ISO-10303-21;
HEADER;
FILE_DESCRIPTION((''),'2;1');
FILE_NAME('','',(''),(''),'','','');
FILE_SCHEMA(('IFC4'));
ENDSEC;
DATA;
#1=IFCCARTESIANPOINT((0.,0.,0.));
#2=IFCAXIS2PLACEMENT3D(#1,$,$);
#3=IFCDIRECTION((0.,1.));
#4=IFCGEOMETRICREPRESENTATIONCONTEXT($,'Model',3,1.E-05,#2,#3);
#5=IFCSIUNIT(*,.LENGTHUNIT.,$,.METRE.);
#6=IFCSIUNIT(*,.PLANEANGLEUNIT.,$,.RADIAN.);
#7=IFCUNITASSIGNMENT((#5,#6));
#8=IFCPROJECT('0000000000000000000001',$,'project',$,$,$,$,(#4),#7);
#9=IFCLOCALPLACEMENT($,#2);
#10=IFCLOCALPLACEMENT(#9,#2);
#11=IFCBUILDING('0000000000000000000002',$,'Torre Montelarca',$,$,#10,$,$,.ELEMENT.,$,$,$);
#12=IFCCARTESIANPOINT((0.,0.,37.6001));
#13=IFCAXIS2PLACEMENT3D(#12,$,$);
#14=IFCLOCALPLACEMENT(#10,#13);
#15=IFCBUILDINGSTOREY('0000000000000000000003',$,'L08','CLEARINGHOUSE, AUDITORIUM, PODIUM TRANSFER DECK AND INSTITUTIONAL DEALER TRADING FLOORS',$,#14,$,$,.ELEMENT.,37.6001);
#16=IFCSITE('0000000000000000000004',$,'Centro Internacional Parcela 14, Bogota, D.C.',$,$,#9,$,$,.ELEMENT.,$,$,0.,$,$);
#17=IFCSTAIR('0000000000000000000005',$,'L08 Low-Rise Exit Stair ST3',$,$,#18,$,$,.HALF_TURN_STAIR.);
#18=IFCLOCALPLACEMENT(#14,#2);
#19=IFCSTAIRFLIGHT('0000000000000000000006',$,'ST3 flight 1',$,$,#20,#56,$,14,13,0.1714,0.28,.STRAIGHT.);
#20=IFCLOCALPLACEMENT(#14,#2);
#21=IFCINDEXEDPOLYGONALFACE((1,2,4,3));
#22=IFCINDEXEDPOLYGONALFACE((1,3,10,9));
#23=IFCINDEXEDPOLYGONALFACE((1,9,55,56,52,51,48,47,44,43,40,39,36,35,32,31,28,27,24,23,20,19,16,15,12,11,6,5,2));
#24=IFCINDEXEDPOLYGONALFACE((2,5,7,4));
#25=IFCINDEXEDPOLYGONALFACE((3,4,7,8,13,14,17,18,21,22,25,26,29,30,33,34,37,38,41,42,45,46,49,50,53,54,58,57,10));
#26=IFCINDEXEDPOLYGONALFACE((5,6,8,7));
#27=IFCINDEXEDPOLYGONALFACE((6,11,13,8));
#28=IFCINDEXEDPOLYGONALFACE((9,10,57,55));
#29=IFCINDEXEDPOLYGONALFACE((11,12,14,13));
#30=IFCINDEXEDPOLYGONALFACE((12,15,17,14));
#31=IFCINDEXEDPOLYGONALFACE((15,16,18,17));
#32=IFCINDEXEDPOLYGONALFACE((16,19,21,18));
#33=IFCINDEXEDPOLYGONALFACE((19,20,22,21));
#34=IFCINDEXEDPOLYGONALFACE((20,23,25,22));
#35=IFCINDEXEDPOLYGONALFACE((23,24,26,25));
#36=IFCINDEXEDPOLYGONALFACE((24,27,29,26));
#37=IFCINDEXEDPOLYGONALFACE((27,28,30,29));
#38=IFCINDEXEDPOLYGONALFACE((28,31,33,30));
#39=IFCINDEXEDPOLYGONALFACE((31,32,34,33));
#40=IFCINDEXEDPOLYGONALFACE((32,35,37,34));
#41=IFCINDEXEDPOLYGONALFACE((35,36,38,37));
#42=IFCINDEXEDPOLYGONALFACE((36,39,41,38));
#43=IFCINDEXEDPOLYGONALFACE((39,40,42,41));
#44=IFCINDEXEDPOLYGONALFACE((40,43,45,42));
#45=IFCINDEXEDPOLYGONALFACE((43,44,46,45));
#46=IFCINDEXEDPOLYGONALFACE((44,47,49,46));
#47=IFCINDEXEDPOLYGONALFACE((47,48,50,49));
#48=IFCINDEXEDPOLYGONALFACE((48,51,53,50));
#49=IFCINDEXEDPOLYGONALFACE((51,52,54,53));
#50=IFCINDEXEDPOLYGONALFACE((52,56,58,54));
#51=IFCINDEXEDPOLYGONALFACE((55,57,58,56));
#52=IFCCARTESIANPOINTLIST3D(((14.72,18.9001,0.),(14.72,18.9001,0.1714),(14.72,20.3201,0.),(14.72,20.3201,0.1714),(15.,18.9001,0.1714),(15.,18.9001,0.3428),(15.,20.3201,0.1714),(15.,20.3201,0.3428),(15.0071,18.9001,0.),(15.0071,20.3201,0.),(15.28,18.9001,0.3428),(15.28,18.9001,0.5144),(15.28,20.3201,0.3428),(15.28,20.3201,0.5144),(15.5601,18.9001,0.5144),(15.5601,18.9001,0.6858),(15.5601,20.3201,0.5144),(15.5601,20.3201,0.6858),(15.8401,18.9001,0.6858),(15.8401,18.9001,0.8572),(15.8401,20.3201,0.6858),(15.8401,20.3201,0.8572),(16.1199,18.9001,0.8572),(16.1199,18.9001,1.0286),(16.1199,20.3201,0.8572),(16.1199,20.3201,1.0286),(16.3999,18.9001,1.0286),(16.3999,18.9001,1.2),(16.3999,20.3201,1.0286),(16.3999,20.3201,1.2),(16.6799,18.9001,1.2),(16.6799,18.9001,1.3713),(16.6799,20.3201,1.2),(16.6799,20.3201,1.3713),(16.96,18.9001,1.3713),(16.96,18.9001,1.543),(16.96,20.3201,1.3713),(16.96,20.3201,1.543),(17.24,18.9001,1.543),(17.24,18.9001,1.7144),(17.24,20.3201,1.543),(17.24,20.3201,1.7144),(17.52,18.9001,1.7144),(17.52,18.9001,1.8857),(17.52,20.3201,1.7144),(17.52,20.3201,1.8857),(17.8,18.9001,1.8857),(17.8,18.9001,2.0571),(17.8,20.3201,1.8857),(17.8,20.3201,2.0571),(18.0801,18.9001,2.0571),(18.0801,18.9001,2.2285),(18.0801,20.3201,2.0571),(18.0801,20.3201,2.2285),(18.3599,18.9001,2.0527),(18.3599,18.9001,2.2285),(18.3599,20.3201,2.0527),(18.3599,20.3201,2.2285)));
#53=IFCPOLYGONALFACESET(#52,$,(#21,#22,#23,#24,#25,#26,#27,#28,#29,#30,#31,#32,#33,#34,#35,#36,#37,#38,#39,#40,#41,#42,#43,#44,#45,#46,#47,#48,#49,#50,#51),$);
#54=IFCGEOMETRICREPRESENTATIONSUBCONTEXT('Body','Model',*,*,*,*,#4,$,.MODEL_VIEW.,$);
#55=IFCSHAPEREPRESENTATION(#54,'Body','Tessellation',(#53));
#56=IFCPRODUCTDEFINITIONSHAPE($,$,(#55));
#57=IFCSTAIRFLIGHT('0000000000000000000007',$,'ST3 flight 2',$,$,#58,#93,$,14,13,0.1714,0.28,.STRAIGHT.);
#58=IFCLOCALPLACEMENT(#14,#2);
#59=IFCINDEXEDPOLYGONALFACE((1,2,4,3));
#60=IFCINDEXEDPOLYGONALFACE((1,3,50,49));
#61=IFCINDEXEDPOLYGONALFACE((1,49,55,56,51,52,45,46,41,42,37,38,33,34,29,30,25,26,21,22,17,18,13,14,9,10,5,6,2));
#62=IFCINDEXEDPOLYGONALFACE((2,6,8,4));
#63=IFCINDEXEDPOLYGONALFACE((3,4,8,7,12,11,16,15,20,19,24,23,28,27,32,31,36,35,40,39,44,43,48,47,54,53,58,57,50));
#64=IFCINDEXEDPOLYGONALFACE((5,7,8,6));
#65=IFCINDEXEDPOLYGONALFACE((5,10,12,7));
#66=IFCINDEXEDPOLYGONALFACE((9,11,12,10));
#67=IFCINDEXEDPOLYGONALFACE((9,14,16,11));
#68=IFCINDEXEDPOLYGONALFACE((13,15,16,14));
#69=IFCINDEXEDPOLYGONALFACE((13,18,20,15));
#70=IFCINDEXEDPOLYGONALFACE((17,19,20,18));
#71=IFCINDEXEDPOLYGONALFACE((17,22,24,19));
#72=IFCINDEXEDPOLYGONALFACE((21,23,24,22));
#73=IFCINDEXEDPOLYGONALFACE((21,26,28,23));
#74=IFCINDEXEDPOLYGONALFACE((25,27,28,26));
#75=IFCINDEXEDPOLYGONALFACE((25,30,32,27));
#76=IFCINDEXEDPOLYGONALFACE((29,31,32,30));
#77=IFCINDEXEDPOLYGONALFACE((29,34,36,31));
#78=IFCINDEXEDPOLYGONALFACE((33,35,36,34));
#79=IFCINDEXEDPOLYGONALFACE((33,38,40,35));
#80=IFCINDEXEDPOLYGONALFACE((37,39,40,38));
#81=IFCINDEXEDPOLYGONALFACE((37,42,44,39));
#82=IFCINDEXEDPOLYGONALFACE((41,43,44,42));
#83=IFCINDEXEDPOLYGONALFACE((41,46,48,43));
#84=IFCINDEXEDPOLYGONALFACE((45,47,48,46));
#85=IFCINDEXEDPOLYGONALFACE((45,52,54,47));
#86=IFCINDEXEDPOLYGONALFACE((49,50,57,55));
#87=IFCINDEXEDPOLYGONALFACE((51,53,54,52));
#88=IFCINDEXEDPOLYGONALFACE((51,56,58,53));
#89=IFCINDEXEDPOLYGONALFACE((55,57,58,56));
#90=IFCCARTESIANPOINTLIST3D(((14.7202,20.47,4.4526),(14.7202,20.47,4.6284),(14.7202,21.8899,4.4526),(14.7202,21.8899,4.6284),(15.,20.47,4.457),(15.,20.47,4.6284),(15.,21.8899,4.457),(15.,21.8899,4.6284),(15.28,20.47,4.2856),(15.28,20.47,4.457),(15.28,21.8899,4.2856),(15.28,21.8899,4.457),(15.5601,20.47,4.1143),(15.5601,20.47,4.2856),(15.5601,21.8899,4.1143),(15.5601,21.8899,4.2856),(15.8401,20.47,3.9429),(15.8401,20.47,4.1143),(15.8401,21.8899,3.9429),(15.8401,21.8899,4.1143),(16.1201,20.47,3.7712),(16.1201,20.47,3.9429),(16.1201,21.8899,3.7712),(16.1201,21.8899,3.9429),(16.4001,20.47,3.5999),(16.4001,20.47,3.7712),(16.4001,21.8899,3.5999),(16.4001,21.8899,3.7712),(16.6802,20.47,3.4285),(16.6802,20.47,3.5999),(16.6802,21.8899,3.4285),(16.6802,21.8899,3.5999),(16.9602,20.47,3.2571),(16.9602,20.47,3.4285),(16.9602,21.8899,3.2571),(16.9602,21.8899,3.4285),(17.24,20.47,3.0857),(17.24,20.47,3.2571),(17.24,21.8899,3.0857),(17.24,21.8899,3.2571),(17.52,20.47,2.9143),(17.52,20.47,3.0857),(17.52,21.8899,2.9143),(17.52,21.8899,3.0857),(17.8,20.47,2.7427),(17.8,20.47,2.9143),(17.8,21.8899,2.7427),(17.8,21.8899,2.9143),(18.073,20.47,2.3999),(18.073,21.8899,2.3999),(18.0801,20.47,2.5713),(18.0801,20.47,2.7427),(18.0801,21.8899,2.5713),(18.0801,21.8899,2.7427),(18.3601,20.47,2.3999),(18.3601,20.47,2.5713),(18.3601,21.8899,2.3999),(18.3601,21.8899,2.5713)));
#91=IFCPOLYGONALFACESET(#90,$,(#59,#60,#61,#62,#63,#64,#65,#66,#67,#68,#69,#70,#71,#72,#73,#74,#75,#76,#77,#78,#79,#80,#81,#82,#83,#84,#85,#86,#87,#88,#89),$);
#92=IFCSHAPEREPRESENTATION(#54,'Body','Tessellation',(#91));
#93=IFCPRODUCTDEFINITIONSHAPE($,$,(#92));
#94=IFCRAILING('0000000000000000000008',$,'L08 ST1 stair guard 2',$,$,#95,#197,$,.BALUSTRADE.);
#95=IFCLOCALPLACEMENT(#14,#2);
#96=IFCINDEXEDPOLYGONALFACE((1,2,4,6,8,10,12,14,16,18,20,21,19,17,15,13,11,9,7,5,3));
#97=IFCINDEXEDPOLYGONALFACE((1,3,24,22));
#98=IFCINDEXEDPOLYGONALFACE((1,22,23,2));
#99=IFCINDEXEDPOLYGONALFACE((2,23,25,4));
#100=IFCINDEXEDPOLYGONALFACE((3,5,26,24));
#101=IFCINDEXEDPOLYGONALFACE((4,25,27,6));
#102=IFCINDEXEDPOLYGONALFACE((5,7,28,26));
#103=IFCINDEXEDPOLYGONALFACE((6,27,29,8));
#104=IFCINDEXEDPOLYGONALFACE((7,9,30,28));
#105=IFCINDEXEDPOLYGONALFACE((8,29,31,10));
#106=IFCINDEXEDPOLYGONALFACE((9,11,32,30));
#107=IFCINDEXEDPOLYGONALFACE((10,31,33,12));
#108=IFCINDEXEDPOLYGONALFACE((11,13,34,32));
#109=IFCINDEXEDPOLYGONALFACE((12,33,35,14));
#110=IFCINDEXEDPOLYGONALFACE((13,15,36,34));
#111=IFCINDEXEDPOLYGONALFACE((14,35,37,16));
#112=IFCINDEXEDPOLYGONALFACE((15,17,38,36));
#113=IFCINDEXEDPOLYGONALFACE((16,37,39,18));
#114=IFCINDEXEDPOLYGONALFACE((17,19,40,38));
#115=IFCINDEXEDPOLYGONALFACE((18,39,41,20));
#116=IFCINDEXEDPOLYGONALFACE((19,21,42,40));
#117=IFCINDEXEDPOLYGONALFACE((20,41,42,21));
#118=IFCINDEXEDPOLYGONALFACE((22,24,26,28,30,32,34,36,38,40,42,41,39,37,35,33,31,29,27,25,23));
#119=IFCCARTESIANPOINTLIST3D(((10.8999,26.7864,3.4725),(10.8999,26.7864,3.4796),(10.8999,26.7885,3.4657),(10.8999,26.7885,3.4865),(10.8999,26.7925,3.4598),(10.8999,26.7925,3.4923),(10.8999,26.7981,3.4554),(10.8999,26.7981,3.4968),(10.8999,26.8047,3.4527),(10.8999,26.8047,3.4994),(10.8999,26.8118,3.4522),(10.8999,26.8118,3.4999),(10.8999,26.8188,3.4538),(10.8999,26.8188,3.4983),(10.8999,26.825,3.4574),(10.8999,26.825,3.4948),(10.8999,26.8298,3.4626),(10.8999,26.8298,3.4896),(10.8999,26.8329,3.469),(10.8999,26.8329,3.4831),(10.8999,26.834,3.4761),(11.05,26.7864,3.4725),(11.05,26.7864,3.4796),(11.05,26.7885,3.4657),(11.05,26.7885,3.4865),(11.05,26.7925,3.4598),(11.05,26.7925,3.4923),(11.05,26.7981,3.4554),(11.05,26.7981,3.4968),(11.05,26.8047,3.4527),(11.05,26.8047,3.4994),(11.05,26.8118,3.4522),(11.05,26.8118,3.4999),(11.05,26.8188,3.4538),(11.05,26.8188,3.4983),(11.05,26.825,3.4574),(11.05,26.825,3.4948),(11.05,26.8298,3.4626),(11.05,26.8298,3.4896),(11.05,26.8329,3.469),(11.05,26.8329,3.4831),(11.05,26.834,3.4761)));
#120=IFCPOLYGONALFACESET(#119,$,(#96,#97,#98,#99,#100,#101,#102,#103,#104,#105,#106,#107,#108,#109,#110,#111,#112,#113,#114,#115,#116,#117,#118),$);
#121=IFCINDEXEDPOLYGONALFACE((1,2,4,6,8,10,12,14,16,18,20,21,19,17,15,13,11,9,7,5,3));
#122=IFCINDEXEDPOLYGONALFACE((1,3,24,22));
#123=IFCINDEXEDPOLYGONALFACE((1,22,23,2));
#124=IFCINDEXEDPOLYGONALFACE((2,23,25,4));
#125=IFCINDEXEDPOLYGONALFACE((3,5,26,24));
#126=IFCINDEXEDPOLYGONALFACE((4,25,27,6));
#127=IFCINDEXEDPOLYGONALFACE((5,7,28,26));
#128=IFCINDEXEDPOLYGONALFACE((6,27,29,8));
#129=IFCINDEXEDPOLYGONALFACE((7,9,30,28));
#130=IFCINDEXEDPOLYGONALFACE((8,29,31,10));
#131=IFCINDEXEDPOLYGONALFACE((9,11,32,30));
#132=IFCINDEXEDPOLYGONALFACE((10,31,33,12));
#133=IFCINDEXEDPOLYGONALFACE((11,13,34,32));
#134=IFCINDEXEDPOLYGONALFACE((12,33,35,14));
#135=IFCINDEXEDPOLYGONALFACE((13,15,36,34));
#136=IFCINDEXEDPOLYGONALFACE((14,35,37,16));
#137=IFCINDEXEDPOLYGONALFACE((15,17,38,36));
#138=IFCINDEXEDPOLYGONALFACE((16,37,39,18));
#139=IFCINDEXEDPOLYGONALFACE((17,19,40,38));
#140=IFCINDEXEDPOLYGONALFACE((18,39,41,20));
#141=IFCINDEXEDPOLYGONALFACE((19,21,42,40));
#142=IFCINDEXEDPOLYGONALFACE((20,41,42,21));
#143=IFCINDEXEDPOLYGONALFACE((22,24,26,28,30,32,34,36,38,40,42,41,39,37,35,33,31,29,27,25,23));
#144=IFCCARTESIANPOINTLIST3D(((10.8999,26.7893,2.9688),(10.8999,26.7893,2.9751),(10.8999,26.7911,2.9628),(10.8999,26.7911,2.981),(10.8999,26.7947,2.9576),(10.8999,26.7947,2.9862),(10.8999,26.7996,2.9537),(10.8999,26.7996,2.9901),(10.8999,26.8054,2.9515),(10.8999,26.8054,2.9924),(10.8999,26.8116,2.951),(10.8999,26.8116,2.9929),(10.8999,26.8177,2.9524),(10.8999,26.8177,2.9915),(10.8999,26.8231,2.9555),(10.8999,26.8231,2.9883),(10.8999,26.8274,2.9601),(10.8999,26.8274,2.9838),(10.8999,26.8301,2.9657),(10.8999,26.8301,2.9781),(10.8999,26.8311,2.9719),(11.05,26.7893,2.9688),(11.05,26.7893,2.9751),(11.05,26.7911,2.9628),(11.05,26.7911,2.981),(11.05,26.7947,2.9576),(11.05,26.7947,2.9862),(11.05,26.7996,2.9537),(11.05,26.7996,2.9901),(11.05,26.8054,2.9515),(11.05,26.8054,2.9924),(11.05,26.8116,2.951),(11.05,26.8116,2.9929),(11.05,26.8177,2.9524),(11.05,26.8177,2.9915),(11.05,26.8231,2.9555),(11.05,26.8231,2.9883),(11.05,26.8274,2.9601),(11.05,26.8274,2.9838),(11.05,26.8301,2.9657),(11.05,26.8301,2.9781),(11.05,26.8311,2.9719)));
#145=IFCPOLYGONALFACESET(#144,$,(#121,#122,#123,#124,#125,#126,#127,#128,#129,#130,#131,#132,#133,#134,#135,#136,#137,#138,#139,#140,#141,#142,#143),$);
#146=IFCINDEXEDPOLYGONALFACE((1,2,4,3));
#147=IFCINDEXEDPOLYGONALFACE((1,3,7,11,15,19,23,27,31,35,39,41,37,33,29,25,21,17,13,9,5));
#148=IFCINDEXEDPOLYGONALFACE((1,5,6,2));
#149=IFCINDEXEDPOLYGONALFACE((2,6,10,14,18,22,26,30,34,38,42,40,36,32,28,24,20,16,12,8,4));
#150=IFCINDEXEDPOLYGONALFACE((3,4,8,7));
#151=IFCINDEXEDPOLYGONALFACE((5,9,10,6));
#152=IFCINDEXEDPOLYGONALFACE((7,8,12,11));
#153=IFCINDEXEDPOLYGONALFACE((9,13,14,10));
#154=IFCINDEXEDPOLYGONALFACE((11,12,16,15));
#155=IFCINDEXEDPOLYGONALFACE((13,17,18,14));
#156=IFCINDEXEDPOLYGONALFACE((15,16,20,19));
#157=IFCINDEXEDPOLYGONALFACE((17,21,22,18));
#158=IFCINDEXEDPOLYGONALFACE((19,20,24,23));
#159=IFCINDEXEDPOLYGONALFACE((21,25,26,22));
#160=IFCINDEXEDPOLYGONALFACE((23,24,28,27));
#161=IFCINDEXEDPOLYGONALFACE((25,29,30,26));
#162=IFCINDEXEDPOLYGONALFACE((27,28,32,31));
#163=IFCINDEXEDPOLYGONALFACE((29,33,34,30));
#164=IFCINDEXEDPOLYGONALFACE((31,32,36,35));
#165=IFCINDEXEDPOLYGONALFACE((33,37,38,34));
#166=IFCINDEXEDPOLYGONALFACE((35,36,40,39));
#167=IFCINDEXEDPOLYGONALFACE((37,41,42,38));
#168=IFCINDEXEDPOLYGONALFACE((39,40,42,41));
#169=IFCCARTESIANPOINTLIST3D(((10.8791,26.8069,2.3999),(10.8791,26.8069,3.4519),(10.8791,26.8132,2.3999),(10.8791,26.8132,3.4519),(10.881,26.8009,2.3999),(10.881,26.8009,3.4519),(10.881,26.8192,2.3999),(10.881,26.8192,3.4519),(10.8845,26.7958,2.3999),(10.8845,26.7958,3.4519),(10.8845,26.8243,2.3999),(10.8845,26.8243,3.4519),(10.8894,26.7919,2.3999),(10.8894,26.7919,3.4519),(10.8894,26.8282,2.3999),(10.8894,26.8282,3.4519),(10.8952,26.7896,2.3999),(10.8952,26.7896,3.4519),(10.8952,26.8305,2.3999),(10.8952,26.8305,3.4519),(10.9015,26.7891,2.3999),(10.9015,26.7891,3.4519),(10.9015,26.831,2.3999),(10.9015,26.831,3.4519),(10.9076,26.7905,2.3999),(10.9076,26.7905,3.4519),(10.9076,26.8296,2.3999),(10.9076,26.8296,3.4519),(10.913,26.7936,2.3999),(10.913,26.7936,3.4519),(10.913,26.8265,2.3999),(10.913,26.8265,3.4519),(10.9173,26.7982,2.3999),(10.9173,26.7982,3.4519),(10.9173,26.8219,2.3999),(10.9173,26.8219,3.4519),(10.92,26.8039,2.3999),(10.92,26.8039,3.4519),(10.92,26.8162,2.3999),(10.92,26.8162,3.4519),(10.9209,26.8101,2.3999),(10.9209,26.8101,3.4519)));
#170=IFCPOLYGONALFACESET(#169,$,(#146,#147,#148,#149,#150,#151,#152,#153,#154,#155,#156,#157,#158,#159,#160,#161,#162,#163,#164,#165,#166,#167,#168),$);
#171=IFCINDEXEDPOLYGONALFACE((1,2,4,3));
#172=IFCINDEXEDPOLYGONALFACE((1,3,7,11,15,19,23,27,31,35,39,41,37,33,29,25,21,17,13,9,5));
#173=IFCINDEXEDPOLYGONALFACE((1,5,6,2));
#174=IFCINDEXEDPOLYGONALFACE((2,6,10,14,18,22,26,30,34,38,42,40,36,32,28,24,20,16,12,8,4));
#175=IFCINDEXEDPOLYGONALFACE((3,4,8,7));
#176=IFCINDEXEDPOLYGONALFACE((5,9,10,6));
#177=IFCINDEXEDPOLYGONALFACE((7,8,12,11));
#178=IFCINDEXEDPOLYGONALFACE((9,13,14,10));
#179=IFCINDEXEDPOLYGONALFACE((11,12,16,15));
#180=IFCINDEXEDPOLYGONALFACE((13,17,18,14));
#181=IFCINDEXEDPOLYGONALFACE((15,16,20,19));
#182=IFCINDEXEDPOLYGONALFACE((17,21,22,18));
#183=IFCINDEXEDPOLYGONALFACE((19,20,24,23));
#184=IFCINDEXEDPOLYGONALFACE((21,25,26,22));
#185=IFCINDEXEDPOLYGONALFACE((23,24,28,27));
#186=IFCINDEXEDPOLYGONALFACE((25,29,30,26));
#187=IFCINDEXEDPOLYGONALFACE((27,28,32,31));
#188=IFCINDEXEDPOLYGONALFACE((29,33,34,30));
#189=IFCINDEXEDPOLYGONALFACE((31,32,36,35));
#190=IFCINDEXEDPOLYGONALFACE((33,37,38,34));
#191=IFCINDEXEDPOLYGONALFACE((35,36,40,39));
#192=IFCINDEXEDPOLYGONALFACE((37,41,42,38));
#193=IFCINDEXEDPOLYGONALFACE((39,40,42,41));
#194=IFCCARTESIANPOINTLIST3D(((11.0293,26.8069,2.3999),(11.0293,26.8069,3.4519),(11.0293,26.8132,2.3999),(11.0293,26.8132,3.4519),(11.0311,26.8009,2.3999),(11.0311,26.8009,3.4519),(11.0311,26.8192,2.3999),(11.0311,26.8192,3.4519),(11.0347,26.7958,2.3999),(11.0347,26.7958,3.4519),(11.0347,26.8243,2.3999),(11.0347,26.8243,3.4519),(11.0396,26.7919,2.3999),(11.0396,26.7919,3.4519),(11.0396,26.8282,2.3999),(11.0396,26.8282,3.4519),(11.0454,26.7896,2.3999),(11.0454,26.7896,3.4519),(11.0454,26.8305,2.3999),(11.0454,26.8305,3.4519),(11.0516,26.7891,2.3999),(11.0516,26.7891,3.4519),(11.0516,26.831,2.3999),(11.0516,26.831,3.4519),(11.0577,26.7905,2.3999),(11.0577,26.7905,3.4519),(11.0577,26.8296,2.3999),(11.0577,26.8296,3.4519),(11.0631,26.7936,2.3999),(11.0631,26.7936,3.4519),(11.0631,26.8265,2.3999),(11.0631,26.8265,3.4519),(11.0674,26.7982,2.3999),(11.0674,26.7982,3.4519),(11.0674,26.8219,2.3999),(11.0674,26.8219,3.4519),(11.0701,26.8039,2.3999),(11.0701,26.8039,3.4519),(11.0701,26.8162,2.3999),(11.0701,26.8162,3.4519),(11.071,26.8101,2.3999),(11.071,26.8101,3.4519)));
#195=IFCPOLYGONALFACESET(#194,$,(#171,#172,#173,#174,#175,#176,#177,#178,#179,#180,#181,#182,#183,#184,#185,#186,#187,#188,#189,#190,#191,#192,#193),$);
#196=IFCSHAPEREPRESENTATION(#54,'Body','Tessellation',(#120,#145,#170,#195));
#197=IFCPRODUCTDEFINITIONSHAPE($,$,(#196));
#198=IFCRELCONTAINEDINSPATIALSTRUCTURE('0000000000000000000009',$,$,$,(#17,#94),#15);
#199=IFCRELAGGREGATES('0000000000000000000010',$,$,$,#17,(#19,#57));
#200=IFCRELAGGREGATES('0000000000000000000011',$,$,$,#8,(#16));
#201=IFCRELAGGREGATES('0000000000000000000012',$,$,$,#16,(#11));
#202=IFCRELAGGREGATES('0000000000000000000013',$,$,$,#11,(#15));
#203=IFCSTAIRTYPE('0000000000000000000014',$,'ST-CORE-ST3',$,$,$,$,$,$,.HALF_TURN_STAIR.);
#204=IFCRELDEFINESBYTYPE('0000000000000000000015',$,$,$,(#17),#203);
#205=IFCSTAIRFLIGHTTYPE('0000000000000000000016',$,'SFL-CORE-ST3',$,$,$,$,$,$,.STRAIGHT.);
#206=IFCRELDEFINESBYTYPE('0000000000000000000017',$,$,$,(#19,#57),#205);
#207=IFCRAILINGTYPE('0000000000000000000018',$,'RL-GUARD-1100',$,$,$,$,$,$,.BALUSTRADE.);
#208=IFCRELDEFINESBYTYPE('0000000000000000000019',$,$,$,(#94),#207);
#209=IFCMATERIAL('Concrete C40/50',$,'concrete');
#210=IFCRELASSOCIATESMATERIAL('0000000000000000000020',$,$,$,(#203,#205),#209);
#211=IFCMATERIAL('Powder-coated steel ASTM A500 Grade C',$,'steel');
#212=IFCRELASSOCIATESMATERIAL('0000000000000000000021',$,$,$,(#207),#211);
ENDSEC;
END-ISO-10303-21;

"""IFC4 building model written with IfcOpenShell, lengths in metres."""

from ifc_helpers import new_model, si_unit, direction, frame, origin, origin_2d, place, context, subcontext, project, spatial, polyline, circle, outline, extrude, material, type_object, element, aggregate, save


model = new_model("IFC4")

# Units and contexts
model_context = context("Model", 3, precision=1e-05, world=origin(), true_north=direction((0.0, 1.0)))
body_context = subcontext(model_context, "Body", "Model", "MODEL_VIEW")
ifc_project = project(units=[si_unit("LENGTHUNIT", "METRE"), si_unit("PLANEANGLEUNIT", "RADIAN")], contexts=[model_context])

# Site, building, storey
site_placement = place(None, origin())
site = spatial("IfcSite", under=ifc_project, at=site_placement, Name="Centro Internacional Parcela 14, Bogota, D.C.", CompositionType="ELEMENT", RefElevation=0.0)
building_placement = place(site_placement, origin())
building = spatial("IfcBuilding", under=site, at=building_placement, Name="Torre Montelarca", CompositionType="ELEMENT")
storey_placement = place(building_placement, frame((0.0, 0.0, 37.6001)))
storey = spatial("IfcBuildingStorey", under=building, at=storey_placement, Name="L08", Description="CLEARINGHOUSE, AUDITORIUM, PODIUM TRANSFER DECK AND INSTITUTIONAL DEALER TRADING FLOORS", CompositionType="ELEMENT", Elevation=37.6001)

# Shared definitions
ifc_material_1 = material(Name="Concrete C40/50", Category="concrete")

# Stair, stair flights
stair_type = type_object("IfcStairType", Name="ST-CORE-ST3", PredefinedType="HALF_TURN_STAIR", material=ifc_material_1)
stair_placement = place(storey_placement, origin())
stair = element("IfcStair", 1, at=stair_placement, inside=storey, type_object=stair_type, Name="L08 Low-Rise Exit Stair ST3", PredefinedType="HALF_TURN_STAIR")
stair_flight_type = type_object("IfcStairFlightType", Name="SFL-CORE-ST3", PredefinedType="STRAIGHT", material=ifc_material_1)
stair_flight_1_placement = place(storey_placement, frame((14.72, 19.6101, 0.0), z_axis=(0.0, 0.0, 1.0), x_axis=(1.0, 0.0, 0.0)))
stair_flight_1 = element("IfcStairFlight", 2, at=stair_flight_1_placement, type_object=stair_flight_type, Name="ST3 flight 1", NumberOfRisers=14, NumberOfTreads=13, PredefinedType="STRAIGHT", RiserHeight=0.1714, TreadLength=0.28, context=body_context, shape_type="SweptSolid", body=[
    extrude(outline(polyline([(0.0, 0.0), (0.0, 0.1714), (0.28, 0.1714), (0.28, 0.3428), (0.5601, 0.3428), (0.5601, 0.5144), (0.8401, 0.5144), (0.8401, 0.6858), (1.1201, 0.6858), (1.1201, 0.8572), (1.3999, 0.8572), (1.3999, 1.0286), (1.6799, 1.0286), (1.6799, 1.2), (1.96, 1.2), (1.96, 1.3713), (2.24, 1.3713), (2.24, 1.543), (2.52, 1.543), (2.52, 1.7144), (2.8, 1.7144), (2.8, 1.8857), (3.0801, 1.8857), (3.0801, 2.0571), (3.3601, 2.0571), (3.3601, 2.2285), (3.6399, 2.2285), (3.6399, 2.3999), (3.6399, 2.0527), (0.2871, 0.0), (0.0, 0.0)])), frame((0.0, 0.71, 0.0), z_axis=(0.0, -1.0, 0.0), x_axis=(1.0, 0.0, 0.0)), (0.0, 0.0, 1.0), 1.4199),
])
stair_flight_2_placement = place(storey_placement, frame((18.3601, 21.1799, 2.3999), z_axis=(0.0, 0.0, 1.0), x_axis=(-1.0, 0.0, 0.0)))
stair_flight_2 = element("IfcStairFlight", 3, at=stair_flight_2_placement, type_object=stair_flight_type, Name="ST3 flight 2", NumberOfRisers=14, NumberOfTreads=13, PredefinedType="STRAIGHT", RiserHeight=0.1714, TreadLength=0.28, context=body_context, shape_type="SweptSolid", body=[
    extrude(outline(polyline([(0.0, 0.0), (0.0, 0.1714), (0.28, 0.1714), (0.28, 0.3428), (0.5601, 0.3428), (0.5601, 0.5144), (0.8401, 0.5144), (0.8401, 0.6858), (1.1201, 0.6858), (1.1201, 0.8572), (1.3999, 0.8572), (1.3999, 1.0286), (1.6799, 1.0286), (1.6799, 1.2), (1.96, 1.2), (1.96, 1.3713), (2.24, 1.3713), (2.24, 1.543), (2.52, 1.543), (2.52, 1.7144), (2.8, 1.7144), (2.8, 1.8857), (3.0801, 1.8857), (3.0801, 2.0571), (3.3601, 2.0571), (3.3601, 2.2285), (3.6399, 2.2285), (3.6399, 2.3999), (3.6399, 2.0527), (0.2871, 0.0), (0.0, 0.0)])), frame((0.0, 0.71, 0.0), z_axis=(0.0, -1.0, 0.0), x_axis=(1.0, 0.0, 0.0)), (0.0, 0.0, 1.0), 1.4199),
])
aggregate(stair, [stair_flight_1, stair_flight_2])

# Railing
ifc_material_2 = material(Name="Powder-coated steel ASTM A500 Grade C", Category="steel")
railing_type_1 = type_object("IfcRailingType", Name="RL-GUARD-1100", PredefinedType="BALUSTRADE", material=ifc_material_2)
railing_1_placement = place(storey_placement, frame((10.8999, 26.8101, 2.3999)))
element("IfcRailing", 4, at=railing_1_placement, inside=storey, type_object=railing_type_1, Name="L08 ST1 stair guard 2", PredefinedType="BALUSTRADE", context=body_context, shape_type="SweptSolid", body=[
    extrude(circle(Radius=0.0239, at=origin_2d()), frame((0.0, 0.0, 1.0762), z_axis=(1.0, 0.0, 0.0), x_axis=(0.0, 1.0, 0.0)), (0.0, 0.0, 1.0), 0.1501),
    extrude(circle(Radius=0.021, at=origin_2d()), frame((0.0, 0.0, 0.572), z_axis=(1.0, 0.0, 0.0), x_axis=(0.0, 1.0, 0.0)), (0.0, 0.0, 1.0), 0.1501),
    extrude(circle(Radius=0.021, at=origin_2d()), origin(), (0.0, 0.0, 1.0), 1.052),
    extrude(circle(Radius=0.021, at=origin_2d()), frame((0.1501, 0.0, 0.0)), (0.0, 0.0, 1.0), 1.052),
])

save(model, "model.ifc")
